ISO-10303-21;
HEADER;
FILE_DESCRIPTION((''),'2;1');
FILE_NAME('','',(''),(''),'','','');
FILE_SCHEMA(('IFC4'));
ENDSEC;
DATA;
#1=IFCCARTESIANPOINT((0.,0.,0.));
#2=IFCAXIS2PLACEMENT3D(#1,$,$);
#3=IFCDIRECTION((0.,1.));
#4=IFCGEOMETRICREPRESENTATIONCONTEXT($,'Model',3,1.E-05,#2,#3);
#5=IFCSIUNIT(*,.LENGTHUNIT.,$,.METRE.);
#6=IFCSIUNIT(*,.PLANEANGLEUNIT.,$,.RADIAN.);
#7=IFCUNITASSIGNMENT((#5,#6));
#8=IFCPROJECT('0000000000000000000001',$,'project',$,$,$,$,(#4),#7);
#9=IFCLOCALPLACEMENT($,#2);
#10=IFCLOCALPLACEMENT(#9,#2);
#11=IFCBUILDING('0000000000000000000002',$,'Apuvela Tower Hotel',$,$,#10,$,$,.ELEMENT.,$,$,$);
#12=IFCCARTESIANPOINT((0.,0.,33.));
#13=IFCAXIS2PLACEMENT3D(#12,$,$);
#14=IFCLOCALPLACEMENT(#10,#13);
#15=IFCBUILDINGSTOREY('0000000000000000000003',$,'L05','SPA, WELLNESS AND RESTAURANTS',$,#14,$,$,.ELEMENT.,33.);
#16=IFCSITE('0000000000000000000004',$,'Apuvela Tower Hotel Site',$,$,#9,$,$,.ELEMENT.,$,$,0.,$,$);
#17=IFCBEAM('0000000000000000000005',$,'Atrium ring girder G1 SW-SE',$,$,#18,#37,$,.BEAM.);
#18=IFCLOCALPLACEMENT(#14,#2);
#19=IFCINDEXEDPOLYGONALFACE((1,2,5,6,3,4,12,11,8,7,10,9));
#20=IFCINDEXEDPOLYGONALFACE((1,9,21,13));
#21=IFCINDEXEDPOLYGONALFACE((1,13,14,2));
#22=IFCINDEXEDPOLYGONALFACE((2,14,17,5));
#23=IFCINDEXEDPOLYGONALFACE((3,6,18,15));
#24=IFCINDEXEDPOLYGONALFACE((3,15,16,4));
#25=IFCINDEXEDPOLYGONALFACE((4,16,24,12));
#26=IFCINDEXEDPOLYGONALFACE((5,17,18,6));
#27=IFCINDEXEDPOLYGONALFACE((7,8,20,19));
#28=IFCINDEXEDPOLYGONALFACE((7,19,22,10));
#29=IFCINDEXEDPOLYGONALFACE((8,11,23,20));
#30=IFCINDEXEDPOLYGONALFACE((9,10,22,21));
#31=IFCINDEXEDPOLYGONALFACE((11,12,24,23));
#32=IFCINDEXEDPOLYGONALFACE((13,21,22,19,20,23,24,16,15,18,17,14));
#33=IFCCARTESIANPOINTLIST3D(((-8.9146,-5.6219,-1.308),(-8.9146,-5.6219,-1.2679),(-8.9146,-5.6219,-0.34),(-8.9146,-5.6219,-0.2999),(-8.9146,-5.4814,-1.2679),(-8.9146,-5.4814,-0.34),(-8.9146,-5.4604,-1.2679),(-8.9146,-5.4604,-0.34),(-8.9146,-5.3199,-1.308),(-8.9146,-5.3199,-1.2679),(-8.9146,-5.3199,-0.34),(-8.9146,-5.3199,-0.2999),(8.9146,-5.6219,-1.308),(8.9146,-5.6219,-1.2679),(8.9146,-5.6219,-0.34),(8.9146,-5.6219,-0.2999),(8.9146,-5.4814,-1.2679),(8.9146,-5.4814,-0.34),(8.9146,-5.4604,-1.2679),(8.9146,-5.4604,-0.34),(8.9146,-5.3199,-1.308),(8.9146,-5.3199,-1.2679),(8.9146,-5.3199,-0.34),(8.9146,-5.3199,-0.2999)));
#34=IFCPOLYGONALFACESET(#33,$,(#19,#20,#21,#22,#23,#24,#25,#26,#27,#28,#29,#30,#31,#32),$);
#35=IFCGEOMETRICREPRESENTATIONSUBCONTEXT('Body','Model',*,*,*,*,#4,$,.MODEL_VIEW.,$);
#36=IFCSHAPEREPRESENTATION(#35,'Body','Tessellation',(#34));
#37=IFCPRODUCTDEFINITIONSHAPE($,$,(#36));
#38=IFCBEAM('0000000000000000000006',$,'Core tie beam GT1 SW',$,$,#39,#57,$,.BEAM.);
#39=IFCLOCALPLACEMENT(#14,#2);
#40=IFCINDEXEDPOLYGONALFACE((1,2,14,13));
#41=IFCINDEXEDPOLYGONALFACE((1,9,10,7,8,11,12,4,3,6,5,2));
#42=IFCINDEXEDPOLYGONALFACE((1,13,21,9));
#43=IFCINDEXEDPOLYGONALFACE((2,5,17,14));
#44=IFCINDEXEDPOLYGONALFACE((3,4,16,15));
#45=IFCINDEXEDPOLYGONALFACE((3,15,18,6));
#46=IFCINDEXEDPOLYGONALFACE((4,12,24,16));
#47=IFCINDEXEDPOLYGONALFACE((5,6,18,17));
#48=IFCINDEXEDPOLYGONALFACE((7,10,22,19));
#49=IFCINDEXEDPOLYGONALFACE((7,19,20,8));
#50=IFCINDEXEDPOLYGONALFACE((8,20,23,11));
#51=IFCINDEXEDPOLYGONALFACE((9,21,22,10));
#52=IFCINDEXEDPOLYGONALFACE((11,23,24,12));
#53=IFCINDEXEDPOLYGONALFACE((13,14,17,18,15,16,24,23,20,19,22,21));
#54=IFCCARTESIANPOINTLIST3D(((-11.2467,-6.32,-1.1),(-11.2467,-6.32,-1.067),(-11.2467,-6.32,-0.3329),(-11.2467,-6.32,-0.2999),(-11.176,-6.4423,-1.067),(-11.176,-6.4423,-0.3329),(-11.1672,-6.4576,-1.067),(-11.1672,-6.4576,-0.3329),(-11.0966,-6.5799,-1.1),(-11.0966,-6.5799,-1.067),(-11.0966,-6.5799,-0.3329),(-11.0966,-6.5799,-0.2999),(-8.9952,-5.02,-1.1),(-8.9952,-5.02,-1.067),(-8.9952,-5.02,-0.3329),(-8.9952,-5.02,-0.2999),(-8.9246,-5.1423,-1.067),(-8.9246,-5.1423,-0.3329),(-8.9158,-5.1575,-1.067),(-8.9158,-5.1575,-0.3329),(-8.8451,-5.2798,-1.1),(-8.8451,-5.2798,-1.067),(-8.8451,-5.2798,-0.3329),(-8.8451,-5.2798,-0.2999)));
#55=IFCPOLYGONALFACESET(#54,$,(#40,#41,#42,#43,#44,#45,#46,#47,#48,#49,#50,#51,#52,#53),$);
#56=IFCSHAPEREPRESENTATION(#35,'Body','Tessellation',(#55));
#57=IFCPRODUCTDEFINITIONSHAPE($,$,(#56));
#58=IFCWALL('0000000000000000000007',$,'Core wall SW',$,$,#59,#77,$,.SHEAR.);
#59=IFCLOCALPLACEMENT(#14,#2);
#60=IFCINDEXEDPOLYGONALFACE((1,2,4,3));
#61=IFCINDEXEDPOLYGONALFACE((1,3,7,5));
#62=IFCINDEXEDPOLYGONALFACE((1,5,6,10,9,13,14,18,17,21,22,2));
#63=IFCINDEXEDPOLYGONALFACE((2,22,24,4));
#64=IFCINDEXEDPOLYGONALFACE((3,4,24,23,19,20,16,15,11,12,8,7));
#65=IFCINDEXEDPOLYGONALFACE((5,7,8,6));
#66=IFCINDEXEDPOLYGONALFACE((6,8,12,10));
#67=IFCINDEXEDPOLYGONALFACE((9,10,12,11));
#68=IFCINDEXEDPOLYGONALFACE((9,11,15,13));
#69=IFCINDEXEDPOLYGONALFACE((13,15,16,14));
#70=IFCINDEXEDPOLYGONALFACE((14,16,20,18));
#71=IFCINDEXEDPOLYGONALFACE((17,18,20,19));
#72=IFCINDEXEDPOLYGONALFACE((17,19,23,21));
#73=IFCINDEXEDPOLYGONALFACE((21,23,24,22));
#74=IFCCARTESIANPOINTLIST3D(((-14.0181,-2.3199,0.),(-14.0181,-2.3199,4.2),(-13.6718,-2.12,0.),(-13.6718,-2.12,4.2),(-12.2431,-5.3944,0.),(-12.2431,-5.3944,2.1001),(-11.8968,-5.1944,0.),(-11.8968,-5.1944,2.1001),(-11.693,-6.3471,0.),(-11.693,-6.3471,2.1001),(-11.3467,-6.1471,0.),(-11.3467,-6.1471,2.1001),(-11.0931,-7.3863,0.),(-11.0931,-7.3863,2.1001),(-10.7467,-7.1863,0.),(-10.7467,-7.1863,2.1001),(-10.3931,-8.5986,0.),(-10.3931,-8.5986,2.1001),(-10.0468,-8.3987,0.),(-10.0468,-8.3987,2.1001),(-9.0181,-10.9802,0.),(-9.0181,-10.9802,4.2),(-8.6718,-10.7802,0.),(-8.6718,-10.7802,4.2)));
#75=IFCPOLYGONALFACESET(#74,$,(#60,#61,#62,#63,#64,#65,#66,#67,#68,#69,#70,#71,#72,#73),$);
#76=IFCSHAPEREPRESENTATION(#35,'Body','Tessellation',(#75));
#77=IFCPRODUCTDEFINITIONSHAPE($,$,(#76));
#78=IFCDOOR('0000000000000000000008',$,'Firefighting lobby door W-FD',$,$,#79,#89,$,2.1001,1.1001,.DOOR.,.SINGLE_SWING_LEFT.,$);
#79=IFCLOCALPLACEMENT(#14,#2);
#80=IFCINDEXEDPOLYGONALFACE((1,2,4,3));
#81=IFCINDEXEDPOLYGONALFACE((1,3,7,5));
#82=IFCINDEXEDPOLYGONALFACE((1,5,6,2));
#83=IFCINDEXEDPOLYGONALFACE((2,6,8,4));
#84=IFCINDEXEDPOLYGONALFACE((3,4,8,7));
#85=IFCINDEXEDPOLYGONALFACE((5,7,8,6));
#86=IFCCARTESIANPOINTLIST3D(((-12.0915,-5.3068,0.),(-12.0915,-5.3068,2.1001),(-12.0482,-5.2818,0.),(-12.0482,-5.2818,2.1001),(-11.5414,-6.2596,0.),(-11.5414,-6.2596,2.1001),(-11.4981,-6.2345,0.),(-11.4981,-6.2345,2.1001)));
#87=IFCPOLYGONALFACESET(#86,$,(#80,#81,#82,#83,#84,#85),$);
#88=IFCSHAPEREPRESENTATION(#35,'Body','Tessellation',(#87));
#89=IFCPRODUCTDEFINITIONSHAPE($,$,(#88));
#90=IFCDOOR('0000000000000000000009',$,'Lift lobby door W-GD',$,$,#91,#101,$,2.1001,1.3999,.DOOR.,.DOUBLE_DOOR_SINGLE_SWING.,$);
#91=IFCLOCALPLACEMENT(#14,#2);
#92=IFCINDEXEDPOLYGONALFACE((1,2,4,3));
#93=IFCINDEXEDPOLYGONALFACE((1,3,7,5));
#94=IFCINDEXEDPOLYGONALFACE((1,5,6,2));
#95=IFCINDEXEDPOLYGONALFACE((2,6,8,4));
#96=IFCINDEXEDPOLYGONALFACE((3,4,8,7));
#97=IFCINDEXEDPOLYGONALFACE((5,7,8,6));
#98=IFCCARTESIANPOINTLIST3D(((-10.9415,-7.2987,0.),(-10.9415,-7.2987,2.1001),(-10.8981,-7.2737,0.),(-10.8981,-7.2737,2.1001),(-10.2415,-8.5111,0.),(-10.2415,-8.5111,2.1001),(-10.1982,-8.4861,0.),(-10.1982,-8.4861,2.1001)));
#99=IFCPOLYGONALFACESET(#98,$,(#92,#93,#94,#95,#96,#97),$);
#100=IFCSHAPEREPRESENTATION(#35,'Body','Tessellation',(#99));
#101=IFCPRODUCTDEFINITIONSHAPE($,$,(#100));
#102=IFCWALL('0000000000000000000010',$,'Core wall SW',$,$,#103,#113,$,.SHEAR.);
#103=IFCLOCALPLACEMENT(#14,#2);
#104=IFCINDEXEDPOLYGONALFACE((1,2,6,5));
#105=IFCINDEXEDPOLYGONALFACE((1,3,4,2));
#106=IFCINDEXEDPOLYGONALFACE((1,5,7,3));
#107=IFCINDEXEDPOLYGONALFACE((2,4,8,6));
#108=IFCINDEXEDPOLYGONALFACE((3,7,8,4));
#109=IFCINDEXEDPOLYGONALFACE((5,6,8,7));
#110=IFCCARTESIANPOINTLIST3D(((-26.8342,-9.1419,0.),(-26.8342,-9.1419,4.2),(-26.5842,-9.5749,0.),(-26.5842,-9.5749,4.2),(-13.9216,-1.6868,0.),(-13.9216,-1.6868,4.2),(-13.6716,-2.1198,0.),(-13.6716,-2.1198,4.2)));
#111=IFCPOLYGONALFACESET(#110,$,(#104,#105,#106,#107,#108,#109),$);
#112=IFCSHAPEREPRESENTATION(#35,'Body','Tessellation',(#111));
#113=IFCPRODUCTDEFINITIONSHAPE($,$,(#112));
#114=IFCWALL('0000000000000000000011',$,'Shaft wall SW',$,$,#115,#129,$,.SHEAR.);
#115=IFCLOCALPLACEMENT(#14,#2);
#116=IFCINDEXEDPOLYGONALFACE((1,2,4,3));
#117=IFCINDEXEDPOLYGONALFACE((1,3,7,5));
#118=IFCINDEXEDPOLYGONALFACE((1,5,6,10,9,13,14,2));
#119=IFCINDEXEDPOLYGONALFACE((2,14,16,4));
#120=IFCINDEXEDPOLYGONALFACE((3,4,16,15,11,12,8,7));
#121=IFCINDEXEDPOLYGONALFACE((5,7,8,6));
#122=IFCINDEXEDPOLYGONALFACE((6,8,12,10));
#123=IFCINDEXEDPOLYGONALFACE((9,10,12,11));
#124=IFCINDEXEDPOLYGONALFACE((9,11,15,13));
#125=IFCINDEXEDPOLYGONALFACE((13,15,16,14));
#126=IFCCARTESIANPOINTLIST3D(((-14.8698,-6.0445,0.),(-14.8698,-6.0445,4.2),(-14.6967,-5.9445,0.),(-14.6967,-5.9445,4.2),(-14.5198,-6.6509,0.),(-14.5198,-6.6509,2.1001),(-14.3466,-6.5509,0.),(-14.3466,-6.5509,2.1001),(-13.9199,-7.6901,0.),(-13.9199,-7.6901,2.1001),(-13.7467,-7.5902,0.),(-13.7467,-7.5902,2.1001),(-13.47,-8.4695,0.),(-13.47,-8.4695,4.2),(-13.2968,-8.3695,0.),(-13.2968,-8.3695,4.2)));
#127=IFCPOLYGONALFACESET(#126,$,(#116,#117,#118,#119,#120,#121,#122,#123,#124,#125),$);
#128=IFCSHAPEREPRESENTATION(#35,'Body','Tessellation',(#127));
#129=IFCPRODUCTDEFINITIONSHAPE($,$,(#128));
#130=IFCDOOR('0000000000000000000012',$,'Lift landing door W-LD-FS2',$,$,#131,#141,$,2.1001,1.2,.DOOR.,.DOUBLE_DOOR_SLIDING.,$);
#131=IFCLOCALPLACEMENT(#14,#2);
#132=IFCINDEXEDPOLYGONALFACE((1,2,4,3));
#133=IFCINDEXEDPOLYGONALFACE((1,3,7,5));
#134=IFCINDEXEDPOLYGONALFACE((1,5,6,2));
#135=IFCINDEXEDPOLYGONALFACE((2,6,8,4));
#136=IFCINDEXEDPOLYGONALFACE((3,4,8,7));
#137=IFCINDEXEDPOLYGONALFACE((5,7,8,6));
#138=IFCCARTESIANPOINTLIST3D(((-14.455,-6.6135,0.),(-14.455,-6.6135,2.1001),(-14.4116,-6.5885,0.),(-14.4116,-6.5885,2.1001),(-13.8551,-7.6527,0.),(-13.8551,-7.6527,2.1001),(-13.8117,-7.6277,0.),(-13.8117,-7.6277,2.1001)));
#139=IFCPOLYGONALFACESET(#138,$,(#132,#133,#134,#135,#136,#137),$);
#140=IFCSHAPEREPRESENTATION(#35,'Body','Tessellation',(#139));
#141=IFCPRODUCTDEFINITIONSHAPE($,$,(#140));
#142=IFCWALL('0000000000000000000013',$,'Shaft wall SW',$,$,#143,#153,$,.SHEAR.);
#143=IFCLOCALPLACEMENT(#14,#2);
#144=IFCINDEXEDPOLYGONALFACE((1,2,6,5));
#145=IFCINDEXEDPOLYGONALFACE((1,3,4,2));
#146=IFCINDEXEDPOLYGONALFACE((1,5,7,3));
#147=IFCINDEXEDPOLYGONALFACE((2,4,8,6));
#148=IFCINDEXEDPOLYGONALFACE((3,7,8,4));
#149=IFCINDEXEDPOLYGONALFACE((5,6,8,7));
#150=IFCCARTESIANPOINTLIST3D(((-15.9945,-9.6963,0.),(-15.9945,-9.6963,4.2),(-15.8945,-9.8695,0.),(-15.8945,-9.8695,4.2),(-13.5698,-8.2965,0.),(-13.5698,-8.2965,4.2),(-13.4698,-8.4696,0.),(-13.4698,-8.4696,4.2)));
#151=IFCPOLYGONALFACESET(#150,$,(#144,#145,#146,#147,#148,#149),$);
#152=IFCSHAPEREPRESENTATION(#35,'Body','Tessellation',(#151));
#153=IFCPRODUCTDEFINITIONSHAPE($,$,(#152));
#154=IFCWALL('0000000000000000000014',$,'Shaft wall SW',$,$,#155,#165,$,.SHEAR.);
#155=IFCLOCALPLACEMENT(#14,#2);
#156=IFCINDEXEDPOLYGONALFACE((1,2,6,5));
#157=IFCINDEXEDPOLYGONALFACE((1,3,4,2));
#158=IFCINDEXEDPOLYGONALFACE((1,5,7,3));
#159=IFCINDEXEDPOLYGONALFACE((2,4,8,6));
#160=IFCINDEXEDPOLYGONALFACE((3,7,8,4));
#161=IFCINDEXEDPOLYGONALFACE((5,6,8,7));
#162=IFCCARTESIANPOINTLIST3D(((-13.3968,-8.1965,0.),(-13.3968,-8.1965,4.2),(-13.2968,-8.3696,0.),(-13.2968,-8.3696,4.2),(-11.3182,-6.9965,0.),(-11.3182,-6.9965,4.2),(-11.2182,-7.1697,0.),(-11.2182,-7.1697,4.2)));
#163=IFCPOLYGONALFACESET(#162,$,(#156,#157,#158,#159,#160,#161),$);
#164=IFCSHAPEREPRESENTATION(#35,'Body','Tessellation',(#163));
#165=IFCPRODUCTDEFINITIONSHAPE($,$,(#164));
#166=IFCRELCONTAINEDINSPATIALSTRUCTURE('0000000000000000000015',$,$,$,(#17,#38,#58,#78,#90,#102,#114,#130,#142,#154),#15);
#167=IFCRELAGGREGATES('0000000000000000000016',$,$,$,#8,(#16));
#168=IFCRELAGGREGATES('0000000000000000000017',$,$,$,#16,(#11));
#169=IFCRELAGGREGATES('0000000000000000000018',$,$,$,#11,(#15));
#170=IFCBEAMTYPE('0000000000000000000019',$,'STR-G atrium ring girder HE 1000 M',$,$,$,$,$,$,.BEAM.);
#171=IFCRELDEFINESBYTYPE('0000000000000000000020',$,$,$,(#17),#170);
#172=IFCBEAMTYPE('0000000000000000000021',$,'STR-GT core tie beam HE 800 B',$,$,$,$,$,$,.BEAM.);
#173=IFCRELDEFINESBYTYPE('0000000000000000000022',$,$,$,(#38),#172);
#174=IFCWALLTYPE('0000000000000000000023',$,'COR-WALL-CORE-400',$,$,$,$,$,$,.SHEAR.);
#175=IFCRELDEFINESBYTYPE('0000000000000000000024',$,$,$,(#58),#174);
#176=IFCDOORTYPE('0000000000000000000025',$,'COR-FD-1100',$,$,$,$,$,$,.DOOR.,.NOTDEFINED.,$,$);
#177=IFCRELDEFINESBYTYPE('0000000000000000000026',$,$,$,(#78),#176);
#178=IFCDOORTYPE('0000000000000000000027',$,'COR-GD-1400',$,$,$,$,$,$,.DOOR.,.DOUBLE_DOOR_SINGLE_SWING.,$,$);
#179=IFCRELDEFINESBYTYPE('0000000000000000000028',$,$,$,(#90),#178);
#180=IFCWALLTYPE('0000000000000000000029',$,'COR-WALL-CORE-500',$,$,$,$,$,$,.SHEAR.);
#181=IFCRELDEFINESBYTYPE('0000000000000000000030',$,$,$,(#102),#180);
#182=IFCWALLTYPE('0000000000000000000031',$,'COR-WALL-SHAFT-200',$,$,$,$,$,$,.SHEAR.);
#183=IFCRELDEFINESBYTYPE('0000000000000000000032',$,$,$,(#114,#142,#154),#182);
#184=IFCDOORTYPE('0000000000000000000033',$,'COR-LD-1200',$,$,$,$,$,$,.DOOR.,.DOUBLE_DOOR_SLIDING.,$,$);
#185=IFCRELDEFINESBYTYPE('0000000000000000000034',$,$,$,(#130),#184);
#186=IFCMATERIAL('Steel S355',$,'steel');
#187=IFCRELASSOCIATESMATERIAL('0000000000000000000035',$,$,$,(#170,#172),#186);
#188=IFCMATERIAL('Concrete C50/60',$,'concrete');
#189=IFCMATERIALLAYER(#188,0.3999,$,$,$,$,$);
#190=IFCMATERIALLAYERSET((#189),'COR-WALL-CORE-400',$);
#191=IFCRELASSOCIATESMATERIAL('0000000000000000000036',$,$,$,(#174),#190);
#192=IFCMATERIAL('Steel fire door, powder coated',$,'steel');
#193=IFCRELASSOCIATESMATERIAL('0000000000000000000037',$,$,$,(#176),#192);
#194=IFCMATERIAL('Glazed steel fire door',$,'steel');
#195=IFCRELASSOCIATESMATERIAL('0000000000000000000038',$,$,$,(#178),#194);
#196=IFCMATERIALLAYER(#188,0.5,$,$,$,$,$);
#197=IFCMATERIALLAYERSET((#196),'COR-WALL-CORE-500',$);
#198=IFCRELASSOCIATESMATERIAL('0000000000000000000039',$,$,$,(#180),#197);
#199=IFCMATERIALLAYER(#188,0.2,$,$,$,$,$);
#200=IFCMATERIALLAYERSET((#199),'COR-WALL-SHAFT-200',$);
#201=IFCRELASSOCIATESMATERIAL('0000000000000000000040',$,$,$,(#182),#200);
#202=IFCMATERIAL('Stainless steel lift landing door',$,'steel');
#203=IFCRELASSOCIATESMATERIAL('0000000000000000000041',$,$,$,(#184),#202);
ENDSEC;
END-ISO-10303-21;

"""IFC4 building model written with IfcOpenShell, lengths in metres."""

from ifc_helpers import new_model, si_unit, direction, frame, frame_2d, origin, origin_2d, place, context, subcontext, project, spatial, rectangle, i_section, extrude, material, layer, layer_set, material_profile, profile_set, type_object, element, fill, save


model = new_model("IFC4")

# Units and contexts
model_context = context("Model", 3, precision=1e-05, world=origin(), true_north=direction((0.0, 1.0)))
body_context = subcontext(model_context, "Body", "Model", "MODEL_VIEW")
ifc_project = project(units=[si_unit("LENGTHUNIT", "METRE"), si_unit("PLANEANGLEUNIT", "RADIAN")], contexts=[model_context])

# Site, building, storey
site_placement = place(None, origin())
site = spatial("IfcSite", under=ifc_project, at=site_placement, Name="Apuvela Tower Hotel Site", CompositionType="ELEMENT", RefElevation=0.0)
building_placement = place(site_placement, origin())
building = spatial("IfcBuilding", under=site, at=building_placement, Name="Apuvela Tower Hotel", CompositionType="ELEMENT")
storey_placement = place(building_placement, frame((0.0, 0.0, 33.0)))
storey = spatial("IfcBuildingStorey", under=building, at=storey_placement, Name="L05", Description="SPA, WELLNESS AND RESTAURANTS", CompositionType="ELEMENT", Elevation=33.0)

# Beams
ifc_material_1 = material(Name="Steel S355", Category="steel")
ifc_material_profile_1 = material_profile(ifc_material_1, i_section(OverallWidth=0.302, OverallDepth=1.0081, WebThickness=0.021, FlangeThickness=0.04, at=origin_2d()), Name="HE 1000 M")
ifc_profile_set_1 = profile_set([ifc_material_profile_1], Name="Steel S355")
beam_type_1 = type_object("IfcBeamType", Name="STR-G atrium ring girder HE 1000 M", PredefinedType="BEAM", material=ifc_profile_set_1)
beam_1_placement = place(storey_placement, frame((-8.9146, -5.4709, -0.804), z_axis=(1.0, 0.0, 0.0), x_axis=(0.0, 1.0, 0.0)))
element("IfcBeam", 1, at=beam_1_placement, inside=storey, type_object=beam_type_1, Name="Atrium ring girder G1 SW-SE", PredefinedType="BEAM", context=body_context, shape_type="SweptSolid", body=[
    extrude(i_section(OverallWidth=0.302, OverallDepth=1.0081, WebThickness=0.021, FlangeThickness=0.04, at=origin_2d()), origin(), (0.0, 0.0, 1.0), 17.8291),
])
ifc_material_profile_2 = material_profile(ifc_material_1, i_section(OverallWidth=0.3, OverallDepth=0.8, WebThickness=0.0176, FlangeThickness=0.033, at=origin_2d()), Name="HE 800 B")
ifc_profile_set_2 = profile_set([ifc_material_profile_2], Name="Steel S355")
beam_type_2 = type_object("IfcBeamType", Name="STR-GT core tie beam HE 800 B", PredefinedType="BEAM", material=ifc_profile_set_2)
beam_2_placement = place(storey_placement, frame((-11.1716, -6.45, -0.7), z_axis=(0.865998, 0.500048, 0.0), x_axis=(-0.500048, 0.865998, 0.0)))
element("IfcBeam", 2, at=beam_2_placement, inside=storey, type_object=beam_type_2, Name="Core tie beam GT1 SW", PredefinedType="BEAM", context=body_context, shape_type="SweptSolid", body=[
    extrude(i_section(OverallWidth=0.3, OverallDepth=0.8, WebThickness=0.0176, FlangeThickness=0.033, at=origin_2d()), origin(), (0.0, 0.0, 1.0), 2.5999),
])

# Wall, openings, doors
ifc_material_2 = material(Name="Concrete C50/60", Category="concrete")
ifc_layer_1 = layer(ifc_material_2, 0.3999)
ifc_layer_set_1 = layer_set([ifc_layer_1], Name="COR-WALL-CORE-400")
wall_type_1 = type_object("IfcWallType", Name="COR-WALL-CORE-400", PredefinedType="SHEAR", material=ifc_layer_set_1)
wall_1_placement = place(storey_placement, frame((-13.845, -2.22, 0.0), z_axis=(0.0, 0.0, 1.0), x_axis=(0.500004, -0.866023, 0.0)))
wall_1 = element("IfcWall", 3, at=wall_1_placement, inside=storey, type_object=wall_type_1, Name="Core wall SW", PredefinedType="SHEAR", context=body_context, shape_type="SweptSolid", body=[
    extrude(rectangle(XDim=10.0, YDim=0.3999, at=frame_2d((5.0, 0.0))), origin(), (0.0, 0.0, 1.0), 4.2),
])
opening_1_placement = place(wall_1_placement, frame((3.55, 0.0, 0.0)))
opening_1 = element("IfcOpeningElement", 4, at=opening_1_placement, cuts=wall_1, PredefinedType="OPENING", context=body_context, shape_type="SweptSolid", body=[
    extrude(rectangle(XDim=1.1001, YDim=2.1001, at=frame_2d((0.55, 1.05))), frame((0.0, 0.21, 0.0), z_axis=(0.0, -1.0, 0.0), x_axis=(1.0, 0.0, 0.0)), (0.0, 0.0, 1.0), 0.4199),
])
opening_2_placement = place(wall_1_placement, frame((5.8501, 0.0, 0.0)))
opening_2 = element("IfcOpeningElement", 5, at=opening_2_placement, cuts=wall_1, PredefinedType="OPENING", context=body_context, shape_type="SweptSolid", body=[
    extrude(rectangle(XDim=1.3999, YDim=2.1001, at=frame_2d((0.7, 1.05))), frame((0.0, 0.21, 0.0), z_axis=(0.0, -1.0, 0.0), x_axis=(1.0, 0.0, 0.0)), (0.0, 0.0, 1.0), 0.4199),
])
ifc_material_3 = material(Name="Steel fire door, powder coated", Category="steel")
door_type_1 = type_object("IfcDoorType", Name="COR-FD-1100", OperationType="NOTDEFINED", PredefinedType="DOOR", material=ifc_material_3)
door_1_placement = place(opening_1_placement, frame((1.1001, 0.0, 0.0), z_axis=(0.0, 0.0, 1.0), x_axis=(-1.0, 0.0, 0.0)))
door_1 = element("IfcDoor", 6, at=door_1_placement, inside=storey, type_object=door_type_1, Name="Firefighting lobby door W-FD", OperationType="SINGLE_SWING_LEFT", OverallHeight=2.1001, OverallWidth=1.1001, PredefinedType="DOOR", context=body_context, shape_type="SweptSolid", body=[
    extrude(rectangle(XDim=1.1001, YDim=2.1001, at=frame_2d((0.55, 1.05))), frame((0.0, 0.0249, 0.0), z_axis=(0.0, -1.0, 0.0), x_axis=(1.0, 0.0, 0.0)), (0.0, 0.0, 1.0), 0.05),
])
fill(opening_1, door_1)
ifc_material_4 = material(Name="Glazed steel fire door", Category="steel")
door_type_2 = type_object("IfcDoorType", Name="COR-GD-1400", OperationType="DOUBLE_DOOR_SINGLE_SWING", PredefinedType="DOOR", material=ifc_material_4)
door_2_placement = place(opening_2_placement, frame((1.3999, 0.0, 0.0), z_axis=(0.0, 0.0, 1.0), x_axis=(-1.0, 0.0, 0.0)))
door_2 = element("IfcDoor", 7, at=door_2_placement, inside=storey, type_object=door_type_2, Name="Lift lobby door W-GD", OperationType="DOUBLE_DOOR_SINGLE_SWING", OverallHeight=2.1001, OverallWidth=1.3999, PredefinedType="DOOR", context=body_context, shape_type="SweptSolid", body=[
    extrude(rectangle(XDim=1.3999, YDim=2.1001, at=frame_2d((0.7, 1.05))), frame((0.0, 0.0249, 0.0), z_axis=(0.0, -1.0, 0.0), x_axis=(1.0, 0.0, 0.0)), (0.0, 0.0, 1.0), 0.05),
])
fill(opening_2, door_2)

# Wall
ifc_layer_2 = layer(ifc_material_2, 0.5)
ifc_layer_set_2 = layer_set([ifc_layer_2], Name="COR-WALL-CORE-500")
wall_type_2 = type_object("IfcWallType", Name="COR-WALL-CORE-500", PredefinedType="SHEAR", material=ifc_layer_set_2)
wall_2_placement = place(storey_placement, frame((-13.7966, -1.9033, 0.0), z_axis=(0.0, 0.0, 1.0), x_axis=(-0.866026, -0.499999, 0.0)))
element("IfcWall", 8, at=wall_2_placement, inside=storey, type_object=wall_type_2, Name="Core wall SW", PredefinedType="SHEAR", context=body_context, shape_type="SweptSolid", body=[
    extrude(rectangle(XDim=14.9102, YDim=0.5, at=frame_2d((7.4551, 0.0))), origin(), (0.0, 0.0, 1.0), 4.2),
])

# Wall, opening, door
ifc_layer_3 = layer(ifc_material_2, 0.2)
ifc_layer_set_3 = layer_set([ifc_layer_3], Name="COR-WALL-SHAFT-200")
wall_type_3 = type_object("IfcWallType", Name="COR-WALL-SHAFT-200", PredefinedType="SHEAR", material=ifc_layer_set_3)
wall_3_placement = place(storey_placement, frame((-14.7832, -5.9946, 0.0), z_axis=(0.0, 0.0, 1.0), x_axis=(0.499946, -0.866056, 0.0)))
wall_3 = element("IfcWall", 9, at=wall_3_placement, inside=storey, type_object=wall_type_3, Name="Shaft wall SW", PredefinedType="SHEAR", context=body_context, shape_type="SweptSolid", body=[
    extrude(rectangle(XDim=2.8, YDim=0.2, at=frame_2d((1.3999, 0.0))), origin(), (0.0, 0.0, 1.0), 4.2),
])
opening_3_placement = place(wall_3_placement, frame((0.7, 0.0, 0.0)))
opening_3 = element("IfcOpeningElement", 10, at=opening_3_placement, cuts=wall_3, PredefinedType="OPENING", context=body_context, shape_type="SweptSolid", body=[
    extrude(rectangle(XDim=1.2, YDim=2.1001, at=frame_2d((0.6001, 1.05))), frame((0.0, 0.1099, 0.0), z_axis=(0.0, -1.0, 0.0), x_axis=(1.0, 0.0, 0.0)), (0.0, 0.0, 1.0), 0.22),
])
ifc_material_5 = material(Name="Stainless steel lift landing door", Category="steel")
door_type_3 = type_object("IfcDoorType", Name="COR-LD-1200", OperationType="DOUBLE_DOOR_SLIDING", PredefinedType="DOOR", material=ifc_material_5)
door_3_placement = place(opening_3_placement, origin())
door_3 = element("IfcDoor", 11, at=door_3_placement, inside=storey, type_object=door_type_3, Name="Lift landing door W-LD-FS2", OperationType="DOUBLE_DOOR_SLIDING", OverallHeight=2.1001, OverallWidth=1.2, PredefinedType="DOOR", context=body_context, shape_type="SweptSolid", body=[
    extrude(rectangle(XDim=1.2, YDim=2.1001, at=frame_2d((0.6001, 1.05))), frame((0.0, 0.0249, 0.0), z_axis=(0.0, -1.0, 0.0), x_axis=(1.0, 0.0, 0.0)), (0.0, 0.0, 1.0), 0.05),
])
fill(opening_3, door_3)

# Walls
wall_4_placement = place(storey_placement, frame((-13.5198, -8.3831, 0.0), z_axis=(0.0, 0.0, 1.0), x_axis=(-0.866035, -0.499984, 0.0)))
element("IfcWall", 12, at=wall_4_placement, inside=storey, type_object=wall_type_3, Name="Shaft wall SW", PredefinedType="SHEAR", context=body_context, shape_type="SweptSolid", body=[
    extrude(rectangle(XDim=2.7998, YDim=0.2, at=frame_2d((1.3999, 0.0))), origin(), (0.0, 0.0, 1.0), 4.2),
])
wall_5_placement = place(storey_placement, frame((-11.2681, -7.083, 0.0), z_axis=(0.0, 0.0, 1.0), x_axis=(-0.86605, -0.499957, 0.0)))
element("IfcWall", 13, at=wall_5_placement, inside=storey, type_object=wall_type_3, Name="Shaft wall SW", PredefinedType="SHEAR", context=body_context, shape_type="SweptSolid", body=[
    extrude(rectangle(XDim=2.4001, YDim=0.2, at=frame_2d((1.2002, 0.0))), origin(), (0.0, 0.0, 1.0), 4.2),
])

save(model, "model.ifc")
